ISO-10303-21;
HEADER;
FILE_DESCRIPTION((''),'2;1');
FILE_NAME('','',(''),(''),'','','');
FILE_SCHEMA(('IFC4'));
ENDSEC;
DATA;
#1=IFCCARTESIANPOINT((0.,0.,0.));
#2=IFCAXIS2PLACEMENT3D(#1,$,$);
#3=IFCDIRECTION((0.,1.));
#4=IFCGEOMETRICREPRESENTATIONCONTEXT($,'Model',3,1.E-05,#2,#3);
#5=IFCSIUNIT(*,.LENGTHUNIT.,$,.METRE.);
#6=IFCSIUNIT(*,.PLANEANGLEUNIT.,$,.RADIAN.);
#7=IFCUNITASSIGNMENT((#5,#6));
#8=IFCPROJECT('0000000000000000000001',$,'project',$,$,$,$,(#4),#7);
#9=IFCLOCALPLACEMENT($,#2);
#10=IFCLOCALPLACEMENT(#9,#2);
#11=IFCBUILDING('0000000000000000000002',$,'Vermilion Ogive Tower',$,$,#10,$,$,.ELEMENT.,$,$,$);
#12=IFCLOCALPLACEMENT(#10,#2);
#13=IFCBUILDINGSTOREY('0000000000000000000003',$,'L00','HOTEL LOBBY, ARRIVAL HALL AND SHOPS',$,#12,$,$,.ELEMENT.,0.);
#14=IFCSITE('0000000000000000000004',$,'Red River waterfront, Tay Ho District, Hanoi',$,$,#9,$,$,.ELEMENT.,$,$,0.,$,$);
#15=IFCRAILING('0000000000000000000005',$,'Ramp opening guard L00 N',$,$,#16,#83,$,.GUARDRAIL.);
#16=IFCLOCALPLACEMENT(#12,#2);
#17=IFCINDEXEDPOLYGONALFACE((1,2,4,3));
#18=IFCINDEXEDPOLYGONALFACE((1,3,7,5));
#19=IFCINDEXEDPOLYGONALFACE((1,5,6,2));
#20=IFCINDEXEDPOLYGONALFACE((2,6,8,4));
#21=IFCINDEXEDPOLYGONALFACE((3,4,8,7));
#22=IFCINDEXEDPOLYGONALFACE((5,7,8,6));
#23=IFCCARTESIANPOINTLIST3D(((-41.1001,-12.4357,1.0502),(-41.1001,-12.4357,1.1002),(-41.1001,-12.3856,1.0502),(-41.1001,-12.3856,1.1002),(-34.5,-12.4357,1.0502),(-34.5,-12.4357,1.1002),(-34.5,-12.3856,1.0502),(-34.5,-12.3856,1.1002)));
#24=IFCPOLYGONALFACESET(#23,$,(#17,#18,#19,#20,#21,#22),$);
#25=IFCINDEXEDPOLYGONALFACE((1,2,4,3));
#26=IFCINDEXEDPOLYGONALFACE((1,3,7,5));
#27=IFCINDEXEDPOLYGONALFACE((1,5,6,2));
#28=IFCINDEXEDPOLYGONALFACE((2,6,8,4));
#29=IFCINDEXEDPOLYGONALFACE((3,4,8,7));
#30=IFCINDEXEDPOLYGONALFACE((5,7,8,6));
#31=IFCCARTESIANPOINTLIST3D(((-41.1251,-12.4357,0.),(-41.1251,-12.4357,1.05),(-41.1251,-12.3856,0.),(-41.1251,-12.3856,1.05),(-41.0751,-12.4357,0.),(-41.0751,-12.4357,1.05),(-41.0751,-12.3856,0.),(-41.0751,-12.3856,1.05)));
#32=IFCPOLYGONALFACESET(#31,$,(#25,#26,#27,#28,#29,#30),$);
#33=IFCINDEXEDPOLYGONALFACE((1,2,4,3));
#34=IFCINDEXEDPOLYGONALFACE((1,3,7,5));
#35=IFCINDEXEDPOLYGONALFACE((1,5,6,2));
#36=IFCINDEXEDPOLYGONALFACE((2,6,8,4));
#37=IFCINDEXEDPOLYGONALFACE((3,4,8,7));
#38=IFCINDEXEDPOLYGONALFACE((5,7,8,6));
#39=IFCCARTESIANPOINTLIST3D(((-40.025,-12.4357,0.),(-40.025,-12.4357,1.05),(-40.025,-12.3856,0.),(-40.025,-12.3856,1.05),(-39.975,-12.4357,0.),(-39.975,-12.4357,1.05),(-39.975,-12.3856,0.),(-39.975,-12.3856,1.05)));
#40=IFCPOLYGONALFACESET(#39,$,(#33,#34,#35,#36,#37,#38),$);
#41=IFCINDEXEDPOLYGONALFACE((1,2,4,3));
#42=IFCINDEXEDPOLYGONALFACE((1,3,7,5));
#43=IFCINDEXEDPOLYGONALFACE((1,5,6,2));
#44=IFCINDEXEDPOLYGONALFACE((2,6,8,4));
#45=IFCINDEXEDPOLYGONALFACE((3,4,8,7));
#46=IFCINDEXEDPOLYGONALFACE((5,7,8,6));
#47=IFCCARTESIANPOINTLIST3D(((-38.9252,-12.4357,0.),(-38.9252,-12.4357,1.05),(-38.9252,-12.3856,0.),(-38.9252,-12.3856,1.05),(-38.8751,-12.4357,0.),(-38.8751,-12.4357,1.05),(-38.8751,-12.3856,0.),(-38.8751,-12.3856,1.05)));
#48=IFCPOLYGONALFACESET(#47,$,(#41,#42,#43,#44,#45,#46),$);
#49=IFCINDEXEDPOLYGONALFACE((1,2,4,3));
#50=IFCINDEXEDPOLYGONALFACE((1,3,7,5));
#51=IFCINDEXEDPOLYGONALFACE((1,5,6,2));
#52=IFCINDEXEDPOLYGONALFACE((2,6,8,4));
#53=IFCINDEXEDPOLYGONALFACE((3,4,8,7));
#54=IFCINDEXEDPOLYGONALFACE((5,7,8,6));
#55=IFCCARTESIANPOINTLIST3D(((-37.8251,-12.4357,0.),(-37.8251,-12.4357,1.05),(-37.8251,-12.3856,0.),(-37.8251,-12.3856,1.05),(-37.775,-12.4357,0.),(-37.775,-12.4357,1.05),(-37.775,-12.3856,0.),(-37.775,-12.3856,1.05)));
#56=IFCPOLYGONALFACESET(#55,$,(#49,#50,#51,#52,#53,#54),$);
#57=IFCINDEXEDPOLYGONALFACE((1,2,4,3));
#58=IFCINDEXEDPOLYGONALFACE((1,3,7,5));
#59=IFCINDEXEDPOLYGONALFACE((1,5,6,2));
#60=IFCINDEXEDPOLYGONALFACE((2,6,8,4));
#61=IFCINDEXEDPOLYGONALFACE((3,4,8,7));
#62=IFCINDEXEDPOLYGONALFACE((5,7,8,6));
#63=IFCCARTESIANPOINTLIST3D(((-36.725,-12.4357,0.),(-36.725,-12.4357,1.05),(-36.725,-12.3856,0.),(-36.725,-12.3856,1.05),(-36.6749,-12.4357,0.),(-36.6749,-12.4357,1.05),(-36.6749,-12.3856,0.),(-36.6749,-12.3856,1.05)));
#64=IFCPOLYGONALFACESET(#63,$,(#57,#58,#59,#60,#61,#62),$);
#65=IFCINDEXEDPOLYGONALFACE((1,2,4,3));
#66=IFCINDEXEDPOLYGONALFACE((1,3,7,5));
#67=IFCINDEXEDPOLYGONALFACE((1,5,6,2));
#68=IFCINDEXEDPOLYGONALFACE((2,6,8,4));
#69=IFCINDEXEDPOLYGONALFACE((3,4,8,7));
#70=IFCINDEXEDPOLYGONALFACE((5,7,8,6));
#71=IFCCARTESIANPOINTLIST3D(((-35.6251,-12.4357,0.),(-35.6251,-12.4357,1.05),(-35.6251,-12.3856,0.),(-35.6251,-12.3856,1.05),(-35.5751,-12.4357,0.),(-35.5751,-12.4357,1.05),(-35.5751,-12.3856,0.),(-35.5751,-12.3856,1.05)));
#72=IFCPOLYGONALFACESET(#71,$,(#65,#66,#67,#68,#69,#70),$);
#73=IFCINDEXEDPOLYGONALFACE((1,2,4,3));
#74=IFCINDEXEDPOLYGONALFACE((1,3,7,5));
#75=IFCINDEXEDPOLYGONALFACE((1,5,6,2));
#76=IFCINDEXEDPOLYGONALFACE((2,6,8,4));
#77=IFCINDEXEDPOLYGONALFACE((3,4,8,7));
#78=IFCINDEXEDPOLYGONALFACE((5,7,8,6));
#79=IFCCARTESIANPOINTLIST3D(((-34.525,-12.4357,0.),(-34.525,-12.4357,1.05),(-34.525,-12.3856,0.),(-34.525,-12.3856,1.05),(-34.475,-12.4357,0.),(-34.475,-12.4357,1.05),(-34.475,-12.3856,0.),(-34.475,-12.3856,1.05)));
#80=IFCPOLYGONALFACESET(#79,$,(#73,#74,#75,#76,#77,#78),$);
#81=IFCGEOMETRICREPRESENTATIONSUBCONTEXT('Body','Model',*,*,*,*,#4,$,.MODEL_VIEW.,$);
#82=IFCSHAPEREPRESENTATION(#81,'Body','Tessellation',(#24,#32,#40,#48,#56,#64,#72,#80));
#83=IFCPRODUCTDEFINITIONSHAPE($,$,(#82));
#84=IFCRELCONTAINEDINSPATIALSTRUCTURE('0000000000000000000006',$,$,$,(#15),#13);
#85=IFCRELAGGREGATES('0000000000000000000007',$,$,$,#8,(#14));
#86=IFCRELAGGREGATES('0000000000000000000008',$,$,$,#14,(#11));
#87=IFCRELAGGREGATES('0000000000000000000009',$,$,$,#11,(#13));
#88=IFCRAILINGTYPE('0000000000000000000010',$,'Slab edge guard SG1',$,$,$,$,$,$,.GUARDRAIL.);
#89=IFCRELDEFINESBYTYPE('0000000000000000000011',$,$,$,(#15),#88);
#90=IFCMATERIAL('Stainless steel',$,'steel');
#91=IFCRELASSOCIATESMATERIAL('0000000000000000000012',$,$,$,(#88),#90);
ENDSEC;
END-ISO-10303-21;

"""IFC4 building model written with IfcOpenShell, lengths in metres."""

from ifc_helpers import new_model, si_unit, direction, frame, origin, origin_2d, place, context, subcontext, project, spatial, rectangle, extrude, material, type_object, element, save


model = new_model("IFC4")

# Units and contexts
model_context = context("Model", 3, precision=1e-05, world=origin(), true_north=direction((0.0, 1.0)))
body_context = subcontext(model_context, "Body", "Model", "MODEL_VIEW")
ifc_project = project(units=[si_unit("LENGTHUNIT", "METRE"), si_unit("PLANEANGLEUNIT", "RADIAN")], contexts=[model_context])

# Site, building, storey
site_placement = place(None, origin())
site = spatial("IfcSite", under=ifc_project, at=site_placement, Name="Red River waterfront, Tay Ho District, Hanoi", CompositionType="ELEMENT", RefElevation=0.0)
building_placement = place(site_placement, origin())
building = spatial("IfcBuilding", under=site, at=building_placement, Name="Vermilion Ogive Tower", CompositionType="ELEMENT")
storey_placement = place(building_placement, origin())
storey = spatial("IfcBuildingStorey", under=building, at=storey_placement, Name="L00", Description="HOTEL LOBBY, ARRIVAL HALL AND SHOPS", CompositionType="ELEMENT", Elevation=0.0)

# Railing
ifc_material_1 = material(Name="Stainless steel", Category="steel")
railing_type = type_object("IfcRailingType", Name="Slab edge guard SG1", PredefinedType="GUARDRAIL", material=ifc_material_1)
railing_placement = place(storey_placement, frame((-41.1001, -12.4106, 0.0)))
element("IfcRailing", 1, at=railing_placement, inside=storey, type_object=railing_type, Name="Ramp opening guard L00 N", PredefinedType="GUARDRAIL", context=body_context, shape_type="SweptSolid", body=[
    extrude(rectangle(XDim=0.05, YDim=0.05, at=origin_2d()), frame((0.0, 0.0, 1.0752), z_axis=(1.0, 0.0, 0.0), x_axis=(0.0, 1.0, 0.0)), (0.0, 0.0, 1.0), 6.6001),
    extrude(rectangle(XDim=0.05, YDim=0.05, at=origin_2d()), origin(), (0.0, 0.0, 1.0), 1.05),
    extrude(rectangle(XDim=0.05, YDim=0.05, at=origin_2d()), frame((1.1001, 0.0, 0.0)), (0.0, 0.0, 1.0), 1.05),
    extrude(rectangle(XDim=0.05, YDim=0.05, at=origin_2d()), frame((2.2, 0.0, 0.0)), (0.0, 0.0, 1.0), 1.05),
    extrude(rectangle(XDim=0.05, YDim=0.05, at=origin_2d()), frame((3.3, 0.0, 0.0)), (0.0, 0.0, 1.0), 1.05),
    extrude(rectangle(XDim=0.05, YDim=0.05, at=origin_2d()), frame((4.4001, 0.0, 0.0)), (0.0, 0.0, 1.0), 1.05),
    extrude(rectangle(XDim=0.05, YDim=0.05, at=origin_2d()), frame((5.5, 0.0, 0.0)), (0.0, 0.0, 1.0), 1.05),
    extrude(rectangle(XDim=0.05, YDim=0.05, at=origin_2d()), frame((6.6001, 0.0, 0.0)), (0.0, 0.0, 1.0), 1.05),
])

save(model, "model.ifc")
